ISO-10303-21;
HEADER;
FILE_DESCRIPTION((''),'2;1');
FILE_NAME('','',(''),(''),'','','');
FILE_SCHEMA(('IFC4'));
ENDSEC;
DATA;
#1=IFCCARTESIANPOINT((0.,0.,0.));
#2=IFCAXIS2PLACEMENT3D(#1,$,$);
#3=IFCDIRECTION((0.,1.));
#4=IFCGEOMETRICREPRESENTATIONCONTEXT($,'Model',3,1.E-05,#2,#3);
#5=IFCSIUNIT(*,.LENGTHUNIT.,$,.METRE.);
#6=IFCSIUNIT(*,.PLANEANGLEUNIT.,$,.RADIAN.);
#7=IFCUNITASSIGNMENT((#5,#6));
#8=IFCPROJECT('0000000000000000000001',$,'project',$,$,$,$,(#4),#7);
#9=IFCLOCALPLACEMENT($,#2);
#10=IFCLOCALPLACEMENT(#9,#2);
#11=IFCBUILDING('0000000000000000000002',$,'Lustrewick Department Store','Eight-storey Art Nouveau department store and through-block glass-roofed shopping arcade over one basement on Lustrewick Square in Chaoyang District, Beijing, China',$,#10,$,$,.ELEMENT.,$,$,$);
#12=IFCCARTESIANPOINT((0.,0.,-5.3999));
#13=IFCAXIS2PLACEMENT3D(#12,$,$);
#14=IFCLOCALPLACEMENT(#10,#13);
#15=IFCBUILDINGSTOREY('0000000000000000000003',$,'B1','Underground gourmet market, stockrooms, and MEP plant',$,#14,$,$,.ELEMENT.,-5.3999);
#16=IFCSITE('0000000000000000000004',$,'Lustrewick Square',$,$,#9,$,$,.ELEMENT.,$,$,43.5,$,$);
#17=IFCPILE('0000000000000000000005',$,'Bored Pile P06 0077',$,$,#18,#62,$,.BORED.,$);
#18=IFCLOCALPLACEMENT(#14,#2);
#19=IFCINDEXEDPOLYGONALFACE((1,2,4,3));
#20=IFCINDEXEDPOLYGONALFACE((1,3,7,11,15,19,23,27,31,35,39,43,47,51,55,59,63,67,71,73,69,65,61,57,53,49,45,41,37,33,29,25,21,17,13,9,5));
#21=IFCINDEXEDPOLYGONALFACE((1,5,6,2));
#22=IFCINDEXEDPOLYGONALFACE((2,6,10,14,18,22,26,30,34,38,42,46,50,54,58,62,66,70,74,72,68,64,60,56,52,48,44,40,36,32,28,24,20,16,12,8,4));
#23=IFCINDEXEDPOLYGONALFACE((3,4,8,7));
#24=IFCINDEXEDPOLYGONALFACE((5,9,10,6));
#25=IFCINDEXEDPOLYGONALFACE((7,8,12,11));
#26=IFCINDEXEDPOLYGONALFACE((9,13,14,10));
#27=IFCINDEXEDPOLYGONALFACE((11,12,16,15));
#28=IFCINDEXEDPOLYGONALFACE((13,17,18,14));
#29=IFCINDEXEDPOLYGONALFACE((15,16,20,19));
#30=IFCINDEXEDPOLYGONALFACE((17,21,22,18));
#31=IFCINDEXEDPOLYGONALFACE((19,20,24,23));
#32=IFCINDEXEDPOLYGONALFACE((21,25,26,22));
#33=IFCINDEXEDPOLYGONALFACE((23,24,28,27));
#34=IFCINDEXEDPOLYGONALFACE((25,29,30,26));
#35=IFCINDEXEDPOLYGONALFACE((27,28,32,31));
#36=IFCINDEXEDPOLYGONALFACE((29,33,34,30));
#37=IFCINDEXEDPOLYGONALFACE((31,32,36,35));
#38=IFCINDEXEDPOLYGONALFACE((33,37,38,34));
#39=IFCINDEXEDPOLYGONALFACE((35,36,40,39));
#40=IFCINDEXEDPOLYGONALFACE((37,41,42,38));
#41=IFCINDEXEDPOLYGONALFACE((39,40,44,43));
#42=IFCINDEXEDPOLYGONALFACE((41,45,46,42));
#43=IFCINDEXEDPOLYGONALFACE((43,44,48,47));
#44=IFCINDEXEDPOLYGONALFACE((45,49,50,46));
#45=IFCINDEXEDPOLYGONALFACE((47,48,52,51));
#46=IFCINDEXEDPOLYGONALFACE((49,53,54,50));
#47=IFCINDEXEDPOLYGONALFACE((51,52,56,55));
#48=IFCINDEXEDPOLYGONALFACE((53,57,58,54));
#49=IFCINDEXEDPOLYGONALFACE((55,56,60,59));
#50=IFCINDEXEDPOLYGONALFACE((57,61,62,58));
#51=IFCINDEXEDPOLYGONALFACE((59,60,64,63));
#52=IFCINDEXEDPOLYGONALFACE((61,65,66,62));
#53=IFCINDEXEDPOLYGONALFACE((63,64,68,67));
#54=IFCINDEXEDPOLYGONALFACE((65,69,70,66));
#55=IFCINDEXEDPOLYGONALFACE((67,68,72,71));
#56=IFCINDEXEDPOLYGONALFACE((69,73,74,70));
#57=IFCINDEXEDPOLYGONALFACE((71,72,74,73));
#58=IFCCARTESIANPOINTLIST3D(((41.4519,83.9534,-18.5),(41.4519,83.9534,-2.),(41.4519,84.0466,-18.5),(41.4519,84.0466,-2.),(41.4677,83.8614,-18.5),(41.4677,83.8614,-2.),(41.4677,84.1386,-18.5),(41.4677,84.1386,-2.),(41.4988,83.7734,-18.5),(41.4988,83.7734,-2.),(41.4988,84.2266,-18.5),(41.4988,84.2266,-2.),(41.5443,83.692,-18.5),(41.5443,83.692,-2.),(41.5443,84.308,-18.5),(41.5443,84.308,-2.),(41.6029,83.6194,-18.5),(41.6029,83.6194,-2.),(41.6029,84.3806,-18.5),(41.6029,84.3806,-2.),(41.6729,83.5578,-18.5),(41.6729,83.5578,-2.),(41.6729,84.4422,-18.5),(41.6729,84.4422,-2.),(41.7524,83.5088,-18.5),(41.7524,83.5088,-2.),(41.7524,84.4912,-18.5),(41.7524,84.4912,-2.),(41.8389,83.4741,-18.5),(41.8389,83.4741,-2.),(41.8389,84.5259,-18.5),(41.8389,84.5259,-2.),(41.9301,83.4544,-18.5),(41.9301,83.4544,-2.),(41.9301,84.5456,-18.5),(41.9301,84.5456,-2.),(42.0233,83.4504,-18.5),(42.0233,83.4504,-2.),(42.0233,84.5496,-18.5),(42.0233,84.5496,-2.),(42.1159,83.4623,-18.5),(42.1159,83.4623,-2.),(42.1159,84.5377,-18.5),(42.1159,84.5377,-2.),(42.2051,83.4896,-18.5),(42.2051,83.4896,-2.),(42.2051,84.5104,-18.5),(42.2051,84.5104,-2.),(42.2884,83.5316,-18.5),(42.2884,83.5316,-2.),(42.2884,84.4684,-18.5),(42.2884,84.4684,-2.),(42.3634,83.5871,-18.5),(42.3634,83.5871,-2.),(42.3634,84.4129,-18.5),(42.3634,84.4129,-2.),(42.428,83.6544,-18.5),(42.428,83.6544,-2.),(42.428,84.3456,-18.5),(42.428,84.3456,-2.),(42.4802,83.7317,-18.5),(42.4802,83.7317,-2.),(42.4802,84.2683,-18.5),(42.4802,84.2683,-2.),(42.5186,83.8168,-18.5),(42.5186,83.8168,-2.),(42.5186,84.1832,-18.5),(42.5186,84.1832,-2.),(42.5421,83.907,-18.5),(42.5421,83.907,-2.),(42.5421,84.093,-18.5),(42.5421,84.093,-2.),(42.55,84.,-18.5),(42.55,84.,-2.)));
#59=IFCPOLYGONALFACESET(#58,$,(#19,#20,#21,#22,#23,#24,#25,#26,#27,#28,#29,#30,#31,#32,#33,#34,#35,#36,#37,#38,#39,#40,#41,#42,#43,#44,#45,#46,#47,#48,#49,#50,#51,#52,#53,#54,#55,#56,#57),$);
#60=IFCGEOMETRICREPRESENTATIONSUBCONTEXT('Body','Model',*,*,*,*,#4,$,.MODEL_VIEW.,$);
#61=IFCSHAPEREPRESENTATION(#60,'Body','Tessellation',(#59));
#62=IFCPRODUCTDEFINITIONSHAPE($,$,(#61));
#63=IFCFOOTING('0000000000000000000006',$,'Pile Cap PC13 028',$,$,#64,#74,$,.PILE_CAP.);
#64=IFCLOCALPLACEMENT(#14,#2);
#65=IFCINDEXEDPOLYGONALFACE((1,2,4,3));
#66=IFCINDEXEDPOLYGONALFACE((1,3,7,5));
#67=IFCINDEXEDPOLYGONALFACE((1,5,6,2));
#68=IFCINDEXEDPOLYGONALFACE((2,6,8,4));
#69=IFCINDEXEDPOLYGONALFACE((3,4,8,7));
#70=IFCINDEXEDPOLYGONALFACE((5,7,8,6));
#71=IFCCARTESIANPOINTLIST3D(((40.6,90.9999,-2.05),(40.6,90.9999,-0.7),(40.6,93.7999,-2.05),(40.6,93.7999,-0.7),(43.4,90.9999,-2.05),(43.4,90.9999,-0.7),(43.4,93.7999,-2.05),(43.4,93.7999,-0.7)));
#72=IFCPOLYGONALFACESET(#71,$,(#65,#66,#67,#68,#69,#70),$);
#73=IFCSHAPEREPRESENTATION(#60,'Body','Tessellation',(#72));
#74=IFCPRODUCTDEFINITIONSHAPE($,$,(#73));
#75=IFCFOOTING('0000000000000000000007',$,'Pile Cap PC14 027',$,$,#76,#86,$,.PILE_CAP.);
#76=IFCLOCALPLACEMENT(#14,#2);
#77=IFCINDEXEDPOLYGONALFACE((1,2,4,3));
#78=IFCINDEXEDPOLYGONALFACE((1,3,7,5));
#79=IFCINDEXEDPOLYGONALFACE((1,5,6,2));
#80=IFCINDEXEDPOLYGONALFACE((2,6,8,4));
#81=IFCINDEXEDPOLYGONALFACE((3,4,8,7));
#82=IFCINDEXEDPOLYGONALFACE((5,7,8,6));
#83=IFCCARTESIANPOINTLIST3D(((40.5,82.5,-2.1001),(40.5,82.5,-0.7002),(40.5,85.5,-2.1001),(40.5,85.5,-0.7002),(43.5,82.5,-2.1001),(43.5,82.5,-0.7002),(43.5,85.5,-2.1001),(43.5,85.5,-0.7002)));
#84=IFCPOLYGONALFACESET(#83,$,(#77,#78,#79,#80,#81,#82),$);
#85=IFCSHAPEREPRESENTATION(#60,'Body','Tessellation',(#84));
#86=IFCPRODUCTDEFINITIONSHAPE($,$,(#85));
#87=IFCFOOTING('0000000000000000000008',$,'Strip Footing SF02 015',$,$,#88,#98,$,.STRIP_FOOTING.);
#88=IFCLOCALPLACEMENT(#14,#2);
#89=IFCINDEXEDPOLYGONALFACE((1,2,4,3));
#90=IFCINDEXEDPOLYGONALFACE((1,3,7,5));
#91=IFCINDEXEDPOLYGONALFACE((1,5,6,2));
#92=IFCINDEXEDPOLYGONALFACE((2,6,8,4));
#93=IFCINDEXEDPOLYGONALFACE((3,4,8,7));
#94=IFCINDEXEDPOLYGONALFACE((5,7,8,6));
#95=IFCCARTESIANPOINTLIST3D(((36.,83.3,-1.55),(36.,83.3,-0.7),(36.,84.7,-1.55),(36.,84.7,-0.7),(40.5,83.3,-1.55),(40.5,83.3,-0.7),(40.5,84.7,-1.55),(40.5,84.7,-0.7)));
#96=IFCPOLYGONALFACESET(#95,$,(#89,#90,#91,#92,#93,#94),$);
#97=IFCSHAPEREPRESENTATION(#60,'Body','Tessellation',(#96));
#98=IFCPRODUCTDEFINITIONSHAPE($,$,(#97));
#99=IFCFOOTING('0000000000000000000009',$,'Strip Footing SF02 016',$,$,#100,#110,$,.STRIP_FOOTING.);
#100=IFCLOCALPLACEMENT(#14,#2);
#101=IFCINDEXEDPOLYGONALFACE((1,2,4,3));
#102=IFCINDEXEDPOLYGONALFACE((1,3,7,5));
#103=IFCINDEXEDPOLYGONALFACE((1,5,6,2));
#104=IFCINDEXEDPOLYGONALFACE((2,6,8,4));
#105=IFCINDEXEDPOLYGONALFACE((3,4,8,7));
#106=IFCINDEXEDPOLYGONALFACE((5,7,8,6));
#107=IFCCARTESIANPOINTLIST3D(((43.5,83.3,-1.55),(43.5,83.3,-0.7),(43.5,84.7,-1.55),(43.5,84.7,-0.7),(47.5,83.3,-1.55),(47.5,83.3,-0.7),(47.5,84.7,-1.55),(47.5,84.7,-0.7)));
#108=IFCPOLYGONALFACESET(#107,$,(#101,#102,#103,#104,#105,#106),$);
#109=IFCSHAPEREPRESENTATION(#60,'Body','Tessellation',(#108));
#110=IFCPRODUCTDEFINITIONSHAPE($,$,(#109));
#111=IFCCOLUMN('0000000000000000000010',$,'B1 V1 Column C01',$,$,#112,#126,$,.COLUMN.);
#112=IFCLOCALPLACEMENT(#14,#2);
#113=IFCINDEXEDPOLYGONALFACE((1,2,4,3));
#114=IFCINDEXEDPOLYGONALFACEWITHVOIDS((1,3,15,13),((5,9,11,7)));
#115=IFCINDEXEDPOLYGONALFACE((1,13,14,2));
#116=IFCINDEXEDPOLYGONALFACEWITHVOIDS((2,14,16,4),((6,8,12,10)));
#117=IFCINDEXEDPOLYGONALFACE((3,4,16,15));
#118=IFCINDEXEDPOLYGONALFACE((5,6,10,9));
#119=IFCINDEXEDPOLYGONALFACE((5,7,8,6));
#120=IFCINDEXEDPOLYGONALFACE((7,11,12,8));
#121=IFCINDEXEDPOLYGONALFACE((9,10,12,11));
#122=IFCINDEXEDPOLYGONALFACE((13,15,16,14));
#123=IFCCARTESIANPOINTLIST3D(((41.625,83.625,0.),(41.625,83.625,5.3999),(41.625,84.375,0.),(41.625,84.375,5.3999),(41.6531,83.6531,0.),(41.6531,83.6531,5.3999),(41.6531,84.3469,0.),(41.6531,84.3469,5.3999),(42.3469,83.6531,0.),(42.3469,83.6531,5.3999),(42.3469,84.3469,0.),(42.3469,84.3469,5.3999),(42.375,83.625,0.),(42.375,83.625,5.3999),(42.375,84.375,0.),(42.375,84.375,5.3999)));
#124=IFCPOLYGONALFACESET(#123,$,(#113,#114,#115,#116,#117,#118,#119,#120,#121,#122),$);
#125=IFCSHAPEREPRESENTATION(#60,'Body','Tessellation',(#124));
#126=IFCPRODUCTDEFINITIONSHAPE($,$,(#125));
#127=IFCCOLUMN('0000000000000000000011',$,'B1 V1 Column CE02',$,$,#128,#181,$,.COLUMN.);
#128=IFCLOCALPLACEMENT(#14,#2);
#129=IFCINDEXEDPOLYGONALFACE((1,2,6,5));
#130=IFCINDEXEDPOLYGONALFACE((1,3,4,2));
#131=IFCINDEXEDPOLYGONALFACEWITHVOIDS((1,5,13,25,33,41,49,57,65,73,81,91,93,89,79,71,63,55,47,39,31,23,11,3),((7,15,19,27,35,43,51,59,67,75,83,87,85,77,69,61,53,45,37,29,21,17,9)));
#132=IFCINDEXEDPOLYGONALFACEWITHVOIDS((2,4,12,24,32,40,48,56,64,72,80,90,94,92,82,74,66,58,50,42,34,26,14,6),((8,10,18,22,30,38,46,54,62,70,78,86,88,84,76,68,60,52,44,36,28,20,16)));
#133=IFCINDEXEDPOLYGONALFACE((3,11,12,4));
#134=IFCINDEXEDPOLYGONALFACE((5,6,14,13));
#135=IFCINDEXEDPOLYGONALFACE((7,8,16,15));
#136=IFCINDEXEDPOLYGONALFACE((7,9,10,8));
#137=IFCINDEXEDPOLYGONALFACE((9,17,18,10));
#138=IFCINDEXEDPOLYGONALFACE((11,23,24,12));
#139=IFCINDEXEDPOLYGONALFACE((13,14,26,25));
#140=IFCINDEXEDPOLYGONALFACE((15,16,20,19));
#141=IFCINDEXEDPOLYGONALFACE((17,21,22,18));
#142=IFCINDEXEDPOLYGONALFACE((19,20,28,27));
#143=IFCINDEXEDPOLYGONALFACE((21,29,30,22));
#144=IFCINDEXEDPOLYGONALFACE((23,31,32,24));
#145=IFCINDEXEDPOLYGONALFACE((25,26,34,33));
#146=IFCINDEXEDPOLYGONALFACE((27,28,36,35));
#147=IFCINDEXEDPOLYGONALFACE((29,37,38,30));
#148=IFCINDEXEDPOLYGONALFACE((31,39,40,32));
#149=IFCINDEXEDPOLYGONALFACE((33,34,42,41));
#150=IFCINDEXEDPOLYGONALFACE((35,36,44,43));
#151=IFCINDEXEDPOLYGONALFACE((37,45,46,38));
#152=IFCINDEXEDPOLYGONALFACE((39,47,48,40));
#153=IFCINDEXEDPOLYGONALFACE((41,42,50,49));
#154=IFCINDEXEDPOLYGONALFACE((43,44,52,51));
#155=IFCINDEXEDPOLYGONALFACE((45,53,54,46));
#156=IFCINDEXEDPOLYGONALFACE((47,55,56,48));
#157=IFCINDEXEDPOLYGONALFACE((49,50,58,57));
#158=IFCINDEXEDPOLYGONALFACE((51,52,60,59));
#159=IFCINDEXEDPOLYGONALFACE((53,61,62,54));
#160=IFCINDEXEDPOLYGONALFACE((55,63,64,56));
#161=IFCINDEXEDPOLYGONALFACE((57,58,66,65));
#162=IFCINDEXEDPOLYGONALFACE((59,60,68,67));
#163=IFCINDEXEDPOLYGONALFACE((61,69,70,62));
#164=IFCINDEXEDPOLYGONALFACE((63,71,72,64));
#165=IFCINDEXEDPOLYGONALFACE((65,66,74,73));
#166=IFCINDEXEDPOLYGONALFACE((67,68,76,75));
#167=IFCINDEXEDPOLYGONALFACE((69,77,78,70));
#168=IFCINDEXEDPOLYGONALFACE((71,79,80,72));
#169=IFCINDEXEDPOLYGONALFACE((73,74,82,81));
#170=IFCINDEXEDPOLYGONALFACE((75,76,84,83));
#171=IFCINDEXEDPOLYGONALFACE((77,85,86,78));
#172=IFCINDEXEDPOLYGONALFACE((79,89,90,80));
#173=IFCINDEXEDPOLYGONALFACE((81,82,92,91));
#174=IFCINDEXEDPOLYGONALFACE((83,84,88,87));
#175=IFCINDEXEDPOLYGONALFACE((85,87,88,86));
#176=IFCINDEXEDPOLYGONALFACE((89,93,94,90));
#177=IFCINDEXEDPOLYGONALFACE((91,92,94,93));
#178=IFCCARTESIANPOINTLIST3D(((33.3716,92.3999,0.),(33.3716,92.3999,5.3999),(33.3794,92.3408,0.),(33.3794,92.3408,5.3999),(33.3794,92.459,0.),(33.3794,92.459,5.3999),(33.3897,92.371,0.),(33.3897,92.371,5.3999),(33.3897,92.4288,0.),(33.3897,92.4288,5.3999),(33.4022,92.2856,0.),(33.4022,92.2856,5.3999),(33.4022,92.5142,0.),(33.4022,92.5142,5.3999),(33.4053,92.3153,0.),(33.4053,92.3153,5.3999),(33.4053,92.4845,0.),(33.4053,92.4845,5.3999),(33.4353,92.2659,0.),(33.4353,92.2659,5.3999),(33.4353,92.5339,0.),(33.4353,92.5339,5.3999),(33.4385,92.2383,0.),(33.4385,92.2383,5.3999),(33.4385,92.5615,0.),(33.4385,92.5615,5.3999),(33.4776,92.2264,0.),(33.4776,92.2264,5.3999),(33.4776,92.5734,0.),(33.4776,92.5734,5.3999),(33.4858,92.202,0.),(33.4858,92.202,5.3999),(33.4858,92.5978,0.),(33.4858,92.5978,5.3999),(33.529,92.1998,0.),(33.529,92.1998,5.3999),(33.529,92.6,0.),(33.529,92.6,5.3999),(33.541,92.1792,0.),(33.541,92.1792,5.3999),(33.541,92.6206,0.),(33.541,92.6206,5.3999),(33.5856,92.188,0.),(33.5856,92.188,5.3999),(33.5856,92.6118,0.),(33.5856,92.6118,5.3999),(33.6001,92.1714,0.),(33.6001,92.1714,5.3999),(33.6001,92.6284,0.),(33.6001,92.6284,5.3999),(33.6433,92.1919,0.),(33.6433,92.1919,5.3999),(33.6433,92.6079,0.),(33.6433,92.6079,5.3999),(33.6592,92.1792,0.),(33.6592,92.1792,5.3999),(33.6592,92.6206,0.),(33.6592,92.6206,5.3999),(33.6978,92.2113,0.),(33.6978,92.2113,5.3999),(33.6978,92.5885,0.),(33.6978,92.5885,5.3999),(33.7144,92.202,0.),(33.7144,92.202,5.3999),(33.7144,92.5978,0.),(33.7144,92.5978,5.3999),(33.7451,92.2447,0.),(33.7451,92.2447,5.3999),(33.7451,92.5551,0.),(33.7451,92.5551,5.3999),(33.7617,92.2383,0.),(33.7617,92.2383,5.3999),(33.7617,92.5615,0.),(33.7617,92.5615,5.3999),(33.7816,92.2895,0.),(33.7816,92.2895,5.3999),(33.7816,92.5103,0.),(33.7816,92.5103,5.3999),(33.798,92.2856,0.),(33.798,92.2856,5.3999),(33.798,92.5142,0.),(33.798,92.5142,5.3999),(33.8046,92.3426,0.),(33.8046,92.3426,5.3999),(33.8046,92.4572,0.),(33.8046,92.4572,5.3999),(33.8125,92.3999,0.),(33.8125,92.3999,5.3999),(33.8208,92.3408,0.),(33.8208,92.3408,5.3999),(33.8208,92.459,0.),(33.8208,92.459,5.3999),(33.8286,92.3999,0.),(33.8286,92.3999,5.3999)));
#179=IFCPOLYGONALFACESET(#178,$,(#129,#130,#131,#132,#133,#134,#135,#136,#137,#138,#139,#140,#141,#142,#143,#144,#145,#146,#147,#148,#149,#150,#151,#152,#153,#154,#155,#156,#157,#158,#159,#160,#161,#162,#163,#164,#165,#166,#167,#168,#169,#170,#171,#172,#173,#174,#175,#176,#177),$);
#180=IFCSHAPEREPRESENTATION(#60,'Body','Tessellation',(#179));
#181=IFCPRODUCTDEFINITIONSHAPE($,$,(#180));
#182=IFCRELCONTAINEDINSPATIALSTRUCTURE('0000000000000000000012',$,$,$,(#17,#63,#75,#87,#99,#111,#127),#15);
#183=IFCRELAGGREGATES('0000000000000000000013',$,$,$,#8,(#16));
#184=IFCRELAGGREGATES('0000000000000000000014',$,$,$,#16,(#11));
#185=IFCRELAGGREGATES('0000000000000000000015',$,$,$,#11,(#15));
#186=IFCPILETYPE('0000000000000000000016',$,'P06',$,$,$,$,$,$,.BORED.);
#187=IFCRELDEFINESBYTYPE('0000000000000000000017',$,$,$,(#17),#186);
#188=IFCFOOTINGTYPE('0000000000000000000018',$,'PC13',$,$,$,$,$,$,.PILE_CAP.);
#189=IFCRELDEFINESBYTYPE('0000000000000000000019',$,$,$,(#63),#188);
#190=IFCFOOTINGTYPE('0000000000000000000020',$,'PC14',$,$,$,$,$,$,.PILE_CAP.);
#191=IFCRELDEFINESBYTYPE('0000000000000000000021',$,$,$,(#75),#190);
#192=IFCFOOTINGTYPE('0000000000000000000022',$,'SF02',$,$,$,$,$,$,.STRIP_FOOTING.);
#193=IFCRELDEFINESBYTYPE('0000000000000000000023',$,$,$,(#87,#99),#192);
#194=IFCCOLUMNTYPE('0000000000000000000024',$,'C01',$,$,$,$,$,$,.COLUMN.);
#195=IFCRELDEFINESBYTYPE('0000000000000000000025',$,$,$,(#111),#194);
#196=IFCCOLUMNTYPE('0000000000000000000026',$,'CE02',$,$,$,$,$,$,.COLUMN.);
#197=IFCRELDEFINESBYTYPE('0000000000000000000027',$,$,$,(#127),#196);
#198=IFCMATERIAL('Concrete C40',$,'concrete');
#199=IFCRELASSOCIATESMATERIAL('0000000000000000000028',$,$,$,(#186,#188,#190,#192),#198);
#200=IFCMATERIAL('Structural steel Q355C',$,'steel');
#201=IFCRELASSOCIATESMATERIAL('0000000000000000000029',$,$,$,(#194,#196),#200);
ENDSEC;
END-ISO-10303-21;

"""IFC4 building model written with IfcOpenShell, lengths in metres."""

from ifc_helpers import new_model, si_unit, direction, frame, origin, origin_2d, place, context, subcontext, project, spatial, rectangle, hollow_rectangle, circle, hollow_circle, extrude, material, material_profile, profile_set, type_object, element, save


model = new_model("IFC4")

# Units and contexts
model_context = context("Model", 3, precision=1e-05, world=origin(), true_north=direction((0.0, 1.0)))
body_context = subcontext(model_context, "Body", "Model", "MODEL_VIEW")
ifc_project = project(units=[si_unit("LENGTHUNIT", "METRE"), si_unit("PLANEANGLEUNIT", "RADIAN")], contexts=[model_context])

# Site, building, storey
site_placement = place(None, origin())
site = spatial("IfcSite", under=ifc_project, at=site_placement, Name="Lustrewick Square", CompositionType="ELEMENT", RefElevation=43.5)
building_placement = place(site_placement, origin())
building = spatial("IfcBuilding", under=site, at=building_placement, Name="Lustrewick Department Store", Description="Eight-storey Art Nouveau department store and through-block glass-roofed shopping arcade over one basement on Lustrewick Square in Chaoyang District, Beijing, China", CompositionType="ELEMENT")
storey_placement = place(building_placement, frame((0.0, 0.0, -5.3999)))
storey = spatial("IfcBuildingStorey", under=building, at=storey_placement, Name="B1", Description="Underground gourmet market, stockrooms, and MEP plant", CompositionType="ELEMENT", Elevation=-5.3999)

# Pile
ifc_material_1 = material(Name="Concrete C40", Category="concrete")
ifc_material_profile_1 = material_profile(ifc_material_1, circle(Radius=0.55, at=origin_2d()), Name="PILE D1100")
ifc_profile_set_1 = profile_set([ifc_material_profile_1], Name="Concrete C40")
pile_type_1 = type_object("IfcPileType", Name="P06", PredefinedType="BORED", material=ifc_profile_set_1)
pile_1_placement = place(storey_placement, frame((42.0, 84.0, -2.0), z_axis=(0.0, 0.0, -1.0), x_axis=(1.0, 0.0, 0.0)))
element("IfcPile", 1, at=pile_1_placement, inside=storey, type_object=pile_type_1, Name="Bored Pile P06 0077", PredefinedType="BORED", context=body_context, shape_type="SweptSolid", body=[
    extrude(circle(Radius=0.55, at=origin_2d()), origin(), (0.0, 0.0, 1.0), 16.5),
])

# Footings
footing_type_1 = type_object("IfcFootingType", Name="PC13", PredefinedType="PILE_CAP", material=ifc_material_1)
footing_1_placement = place(storey_placement, frame((42.0, 92.3999, -2.05), z_axis=(0.0, 0.0, 1.0), x_axis=(1.0, 0.0, 0.0)))
element("IfcFooting", 2, at=footing_1_placement, inside=storey, type_object=footing_type_1, Name="Pile Cap PC13 028", PredefinedType="PILE_CAP", context=body_context, shape_type="SweptSolid", body=[
    extrude(rectangle(XDim=2.8, YDim=2.8, at=origin_2d()), origin(), (0.0, 0.0, 1.0), 1.3501),
])
footing_type_2 = type_object("IfcFootingType", Name="PC14", PredefinedType="PILE_CAP", material=ifc_material_1)
footing_2_placement = place(storey_placement, frame((42.0, 84.0, -2.1001), z_axis=(0.0, 0.0, 1.0), x_axis=(1.0, 0.0, 0.0)))
element("IfcFooting", 3, at=footing_2_placement, inside=storey, type_object=footing_type_2, Name="Pile Cap PC14 027", PredefinedType="PILE_CAP", context=body_context, shape_type="SweptSolid", body=[
    extrude(rectangle(XDim=3.0, YDim=3.0, at=origin_2d()), origin(), (0.0, 0.0, 1.0), 1.3999),
])
footing_type_3 = type_object("IfcFootingType", Name="SF02", PredefinedType="STRIP_FOOTING", material=ifc_material_1)
footing_3_placement = place(storey_placement, frame((38.25, 84.0, -1.55), z_axis=(0.0, 0.0, 1.0), x_axis=(1.0, 0.0, 0.0)))
element("IfcFooting", 4, at=footing_3_placement, inside=storey, type_object=footing_type_3, Name="Strip Footing SF02 015", PredefinedType="STRIP_FOOTING", context=body_context, shape_type="SweptSolid", body=[
    extrude(rectangle(XDim=4.5, YDim=1.3999, at=origin_2d()), origin(), (0.0, 0.0, 1.0), 0.8501),
])
footing_4_placement = place(storey_placement, frame((45.5, 84.0, -1.55), z_axis=(0.0, 0.0, 1.0), x_axis=(1.0, 0.0, 0.0)))
element("IfcFooting", 5, at=footing_4_placement, inside=storey, type_object=footing_type_3, Name="Strip Footing SF02 016", PredefinedType="STRIP_FOOTING", context=body_context, shape_type="SweptSolid", body=[
    extrude(rectangle(XDim=4.0, YDim=1.3999, at=origin_2d()), origin(), (0.0, 0.0, 1.0), 0.8501),
])

# Columns
ifc_material_2 = material(Name="Structural steel Q355C", Category="steel")
ifc_material_profile_2 = material_profile(ifc_material_2, hollow_rectangle(XDim=0.75, YDim=0.75, WallThickness=0.0281, at=origin_2d()), Name="BOX 750x750x28")
ifc_profile_set_2 = profile_set([ifc_material_profile_2], Name="Structural steel Q355C")
column_type_1 = type_object("IfcColumnType", Name="C01", PredefinedType="COLUMN", material=ifc_profile_set_2)
column_placement = place(storey_placement, frame((42.0, 84.0, 0.0), z_axis=(0.0, 0.0, 1.0), x_axis=(1.0, 0.0, 0.0)))
element("IfcColumn", 6, at=column_placement, inside=storey, type_object=column_type_1, Name="B1 V1 Column C01", PredefinedType="COLUMN", context=body_context, shape_type="SweptSolid", body=[
    extrude(hollow_rectangle(XDim=0.75, YDim=0.75, WallThickness=0.0281, at=origin_2d()), origin(), (0.0, 0.0, 1.0), 5.3999),
])
ifc_material_profile_3 = material_profile(ifc_material_2, hollow_circle(Radius=0.2285, WallThickness=0.0161, at=origin_2d()), Name="CHS 457x16")
ifc_profile_set_3 = profile_set([ifc_material_profile_3], Name="Structural steel Q355C")
column_type_2 = type_object("IfcColumnType", Name="CE02", PredefinedType="COLUMN", material=ifc_profile_set_3)
for number, where, z_axis, x_axis, name in (
    (7, (33.6001, 92.3999, 0.0), (0.0, 0.0, 1.0), (1.0, 0.0, 0.0), "B1 V1 Column CE02"),
):
    element("IfcColumn", number, at=place(storey_placement, frame(where, z_axis=z_axis, x_axis=x_axis)), inside=storey, type_object=column_type_2, Name=name, PredefinedType="COLUMN", context=body_context, shape_type="SweptSolid", body=[
        extrude(hollow_circle(Radius=0.2285, WallThickness=0.0161, at=origin_2d()), origin(), (0.0, 0.0, 1.0), 5.3999),
    ])

save(model, "model.ifc")
